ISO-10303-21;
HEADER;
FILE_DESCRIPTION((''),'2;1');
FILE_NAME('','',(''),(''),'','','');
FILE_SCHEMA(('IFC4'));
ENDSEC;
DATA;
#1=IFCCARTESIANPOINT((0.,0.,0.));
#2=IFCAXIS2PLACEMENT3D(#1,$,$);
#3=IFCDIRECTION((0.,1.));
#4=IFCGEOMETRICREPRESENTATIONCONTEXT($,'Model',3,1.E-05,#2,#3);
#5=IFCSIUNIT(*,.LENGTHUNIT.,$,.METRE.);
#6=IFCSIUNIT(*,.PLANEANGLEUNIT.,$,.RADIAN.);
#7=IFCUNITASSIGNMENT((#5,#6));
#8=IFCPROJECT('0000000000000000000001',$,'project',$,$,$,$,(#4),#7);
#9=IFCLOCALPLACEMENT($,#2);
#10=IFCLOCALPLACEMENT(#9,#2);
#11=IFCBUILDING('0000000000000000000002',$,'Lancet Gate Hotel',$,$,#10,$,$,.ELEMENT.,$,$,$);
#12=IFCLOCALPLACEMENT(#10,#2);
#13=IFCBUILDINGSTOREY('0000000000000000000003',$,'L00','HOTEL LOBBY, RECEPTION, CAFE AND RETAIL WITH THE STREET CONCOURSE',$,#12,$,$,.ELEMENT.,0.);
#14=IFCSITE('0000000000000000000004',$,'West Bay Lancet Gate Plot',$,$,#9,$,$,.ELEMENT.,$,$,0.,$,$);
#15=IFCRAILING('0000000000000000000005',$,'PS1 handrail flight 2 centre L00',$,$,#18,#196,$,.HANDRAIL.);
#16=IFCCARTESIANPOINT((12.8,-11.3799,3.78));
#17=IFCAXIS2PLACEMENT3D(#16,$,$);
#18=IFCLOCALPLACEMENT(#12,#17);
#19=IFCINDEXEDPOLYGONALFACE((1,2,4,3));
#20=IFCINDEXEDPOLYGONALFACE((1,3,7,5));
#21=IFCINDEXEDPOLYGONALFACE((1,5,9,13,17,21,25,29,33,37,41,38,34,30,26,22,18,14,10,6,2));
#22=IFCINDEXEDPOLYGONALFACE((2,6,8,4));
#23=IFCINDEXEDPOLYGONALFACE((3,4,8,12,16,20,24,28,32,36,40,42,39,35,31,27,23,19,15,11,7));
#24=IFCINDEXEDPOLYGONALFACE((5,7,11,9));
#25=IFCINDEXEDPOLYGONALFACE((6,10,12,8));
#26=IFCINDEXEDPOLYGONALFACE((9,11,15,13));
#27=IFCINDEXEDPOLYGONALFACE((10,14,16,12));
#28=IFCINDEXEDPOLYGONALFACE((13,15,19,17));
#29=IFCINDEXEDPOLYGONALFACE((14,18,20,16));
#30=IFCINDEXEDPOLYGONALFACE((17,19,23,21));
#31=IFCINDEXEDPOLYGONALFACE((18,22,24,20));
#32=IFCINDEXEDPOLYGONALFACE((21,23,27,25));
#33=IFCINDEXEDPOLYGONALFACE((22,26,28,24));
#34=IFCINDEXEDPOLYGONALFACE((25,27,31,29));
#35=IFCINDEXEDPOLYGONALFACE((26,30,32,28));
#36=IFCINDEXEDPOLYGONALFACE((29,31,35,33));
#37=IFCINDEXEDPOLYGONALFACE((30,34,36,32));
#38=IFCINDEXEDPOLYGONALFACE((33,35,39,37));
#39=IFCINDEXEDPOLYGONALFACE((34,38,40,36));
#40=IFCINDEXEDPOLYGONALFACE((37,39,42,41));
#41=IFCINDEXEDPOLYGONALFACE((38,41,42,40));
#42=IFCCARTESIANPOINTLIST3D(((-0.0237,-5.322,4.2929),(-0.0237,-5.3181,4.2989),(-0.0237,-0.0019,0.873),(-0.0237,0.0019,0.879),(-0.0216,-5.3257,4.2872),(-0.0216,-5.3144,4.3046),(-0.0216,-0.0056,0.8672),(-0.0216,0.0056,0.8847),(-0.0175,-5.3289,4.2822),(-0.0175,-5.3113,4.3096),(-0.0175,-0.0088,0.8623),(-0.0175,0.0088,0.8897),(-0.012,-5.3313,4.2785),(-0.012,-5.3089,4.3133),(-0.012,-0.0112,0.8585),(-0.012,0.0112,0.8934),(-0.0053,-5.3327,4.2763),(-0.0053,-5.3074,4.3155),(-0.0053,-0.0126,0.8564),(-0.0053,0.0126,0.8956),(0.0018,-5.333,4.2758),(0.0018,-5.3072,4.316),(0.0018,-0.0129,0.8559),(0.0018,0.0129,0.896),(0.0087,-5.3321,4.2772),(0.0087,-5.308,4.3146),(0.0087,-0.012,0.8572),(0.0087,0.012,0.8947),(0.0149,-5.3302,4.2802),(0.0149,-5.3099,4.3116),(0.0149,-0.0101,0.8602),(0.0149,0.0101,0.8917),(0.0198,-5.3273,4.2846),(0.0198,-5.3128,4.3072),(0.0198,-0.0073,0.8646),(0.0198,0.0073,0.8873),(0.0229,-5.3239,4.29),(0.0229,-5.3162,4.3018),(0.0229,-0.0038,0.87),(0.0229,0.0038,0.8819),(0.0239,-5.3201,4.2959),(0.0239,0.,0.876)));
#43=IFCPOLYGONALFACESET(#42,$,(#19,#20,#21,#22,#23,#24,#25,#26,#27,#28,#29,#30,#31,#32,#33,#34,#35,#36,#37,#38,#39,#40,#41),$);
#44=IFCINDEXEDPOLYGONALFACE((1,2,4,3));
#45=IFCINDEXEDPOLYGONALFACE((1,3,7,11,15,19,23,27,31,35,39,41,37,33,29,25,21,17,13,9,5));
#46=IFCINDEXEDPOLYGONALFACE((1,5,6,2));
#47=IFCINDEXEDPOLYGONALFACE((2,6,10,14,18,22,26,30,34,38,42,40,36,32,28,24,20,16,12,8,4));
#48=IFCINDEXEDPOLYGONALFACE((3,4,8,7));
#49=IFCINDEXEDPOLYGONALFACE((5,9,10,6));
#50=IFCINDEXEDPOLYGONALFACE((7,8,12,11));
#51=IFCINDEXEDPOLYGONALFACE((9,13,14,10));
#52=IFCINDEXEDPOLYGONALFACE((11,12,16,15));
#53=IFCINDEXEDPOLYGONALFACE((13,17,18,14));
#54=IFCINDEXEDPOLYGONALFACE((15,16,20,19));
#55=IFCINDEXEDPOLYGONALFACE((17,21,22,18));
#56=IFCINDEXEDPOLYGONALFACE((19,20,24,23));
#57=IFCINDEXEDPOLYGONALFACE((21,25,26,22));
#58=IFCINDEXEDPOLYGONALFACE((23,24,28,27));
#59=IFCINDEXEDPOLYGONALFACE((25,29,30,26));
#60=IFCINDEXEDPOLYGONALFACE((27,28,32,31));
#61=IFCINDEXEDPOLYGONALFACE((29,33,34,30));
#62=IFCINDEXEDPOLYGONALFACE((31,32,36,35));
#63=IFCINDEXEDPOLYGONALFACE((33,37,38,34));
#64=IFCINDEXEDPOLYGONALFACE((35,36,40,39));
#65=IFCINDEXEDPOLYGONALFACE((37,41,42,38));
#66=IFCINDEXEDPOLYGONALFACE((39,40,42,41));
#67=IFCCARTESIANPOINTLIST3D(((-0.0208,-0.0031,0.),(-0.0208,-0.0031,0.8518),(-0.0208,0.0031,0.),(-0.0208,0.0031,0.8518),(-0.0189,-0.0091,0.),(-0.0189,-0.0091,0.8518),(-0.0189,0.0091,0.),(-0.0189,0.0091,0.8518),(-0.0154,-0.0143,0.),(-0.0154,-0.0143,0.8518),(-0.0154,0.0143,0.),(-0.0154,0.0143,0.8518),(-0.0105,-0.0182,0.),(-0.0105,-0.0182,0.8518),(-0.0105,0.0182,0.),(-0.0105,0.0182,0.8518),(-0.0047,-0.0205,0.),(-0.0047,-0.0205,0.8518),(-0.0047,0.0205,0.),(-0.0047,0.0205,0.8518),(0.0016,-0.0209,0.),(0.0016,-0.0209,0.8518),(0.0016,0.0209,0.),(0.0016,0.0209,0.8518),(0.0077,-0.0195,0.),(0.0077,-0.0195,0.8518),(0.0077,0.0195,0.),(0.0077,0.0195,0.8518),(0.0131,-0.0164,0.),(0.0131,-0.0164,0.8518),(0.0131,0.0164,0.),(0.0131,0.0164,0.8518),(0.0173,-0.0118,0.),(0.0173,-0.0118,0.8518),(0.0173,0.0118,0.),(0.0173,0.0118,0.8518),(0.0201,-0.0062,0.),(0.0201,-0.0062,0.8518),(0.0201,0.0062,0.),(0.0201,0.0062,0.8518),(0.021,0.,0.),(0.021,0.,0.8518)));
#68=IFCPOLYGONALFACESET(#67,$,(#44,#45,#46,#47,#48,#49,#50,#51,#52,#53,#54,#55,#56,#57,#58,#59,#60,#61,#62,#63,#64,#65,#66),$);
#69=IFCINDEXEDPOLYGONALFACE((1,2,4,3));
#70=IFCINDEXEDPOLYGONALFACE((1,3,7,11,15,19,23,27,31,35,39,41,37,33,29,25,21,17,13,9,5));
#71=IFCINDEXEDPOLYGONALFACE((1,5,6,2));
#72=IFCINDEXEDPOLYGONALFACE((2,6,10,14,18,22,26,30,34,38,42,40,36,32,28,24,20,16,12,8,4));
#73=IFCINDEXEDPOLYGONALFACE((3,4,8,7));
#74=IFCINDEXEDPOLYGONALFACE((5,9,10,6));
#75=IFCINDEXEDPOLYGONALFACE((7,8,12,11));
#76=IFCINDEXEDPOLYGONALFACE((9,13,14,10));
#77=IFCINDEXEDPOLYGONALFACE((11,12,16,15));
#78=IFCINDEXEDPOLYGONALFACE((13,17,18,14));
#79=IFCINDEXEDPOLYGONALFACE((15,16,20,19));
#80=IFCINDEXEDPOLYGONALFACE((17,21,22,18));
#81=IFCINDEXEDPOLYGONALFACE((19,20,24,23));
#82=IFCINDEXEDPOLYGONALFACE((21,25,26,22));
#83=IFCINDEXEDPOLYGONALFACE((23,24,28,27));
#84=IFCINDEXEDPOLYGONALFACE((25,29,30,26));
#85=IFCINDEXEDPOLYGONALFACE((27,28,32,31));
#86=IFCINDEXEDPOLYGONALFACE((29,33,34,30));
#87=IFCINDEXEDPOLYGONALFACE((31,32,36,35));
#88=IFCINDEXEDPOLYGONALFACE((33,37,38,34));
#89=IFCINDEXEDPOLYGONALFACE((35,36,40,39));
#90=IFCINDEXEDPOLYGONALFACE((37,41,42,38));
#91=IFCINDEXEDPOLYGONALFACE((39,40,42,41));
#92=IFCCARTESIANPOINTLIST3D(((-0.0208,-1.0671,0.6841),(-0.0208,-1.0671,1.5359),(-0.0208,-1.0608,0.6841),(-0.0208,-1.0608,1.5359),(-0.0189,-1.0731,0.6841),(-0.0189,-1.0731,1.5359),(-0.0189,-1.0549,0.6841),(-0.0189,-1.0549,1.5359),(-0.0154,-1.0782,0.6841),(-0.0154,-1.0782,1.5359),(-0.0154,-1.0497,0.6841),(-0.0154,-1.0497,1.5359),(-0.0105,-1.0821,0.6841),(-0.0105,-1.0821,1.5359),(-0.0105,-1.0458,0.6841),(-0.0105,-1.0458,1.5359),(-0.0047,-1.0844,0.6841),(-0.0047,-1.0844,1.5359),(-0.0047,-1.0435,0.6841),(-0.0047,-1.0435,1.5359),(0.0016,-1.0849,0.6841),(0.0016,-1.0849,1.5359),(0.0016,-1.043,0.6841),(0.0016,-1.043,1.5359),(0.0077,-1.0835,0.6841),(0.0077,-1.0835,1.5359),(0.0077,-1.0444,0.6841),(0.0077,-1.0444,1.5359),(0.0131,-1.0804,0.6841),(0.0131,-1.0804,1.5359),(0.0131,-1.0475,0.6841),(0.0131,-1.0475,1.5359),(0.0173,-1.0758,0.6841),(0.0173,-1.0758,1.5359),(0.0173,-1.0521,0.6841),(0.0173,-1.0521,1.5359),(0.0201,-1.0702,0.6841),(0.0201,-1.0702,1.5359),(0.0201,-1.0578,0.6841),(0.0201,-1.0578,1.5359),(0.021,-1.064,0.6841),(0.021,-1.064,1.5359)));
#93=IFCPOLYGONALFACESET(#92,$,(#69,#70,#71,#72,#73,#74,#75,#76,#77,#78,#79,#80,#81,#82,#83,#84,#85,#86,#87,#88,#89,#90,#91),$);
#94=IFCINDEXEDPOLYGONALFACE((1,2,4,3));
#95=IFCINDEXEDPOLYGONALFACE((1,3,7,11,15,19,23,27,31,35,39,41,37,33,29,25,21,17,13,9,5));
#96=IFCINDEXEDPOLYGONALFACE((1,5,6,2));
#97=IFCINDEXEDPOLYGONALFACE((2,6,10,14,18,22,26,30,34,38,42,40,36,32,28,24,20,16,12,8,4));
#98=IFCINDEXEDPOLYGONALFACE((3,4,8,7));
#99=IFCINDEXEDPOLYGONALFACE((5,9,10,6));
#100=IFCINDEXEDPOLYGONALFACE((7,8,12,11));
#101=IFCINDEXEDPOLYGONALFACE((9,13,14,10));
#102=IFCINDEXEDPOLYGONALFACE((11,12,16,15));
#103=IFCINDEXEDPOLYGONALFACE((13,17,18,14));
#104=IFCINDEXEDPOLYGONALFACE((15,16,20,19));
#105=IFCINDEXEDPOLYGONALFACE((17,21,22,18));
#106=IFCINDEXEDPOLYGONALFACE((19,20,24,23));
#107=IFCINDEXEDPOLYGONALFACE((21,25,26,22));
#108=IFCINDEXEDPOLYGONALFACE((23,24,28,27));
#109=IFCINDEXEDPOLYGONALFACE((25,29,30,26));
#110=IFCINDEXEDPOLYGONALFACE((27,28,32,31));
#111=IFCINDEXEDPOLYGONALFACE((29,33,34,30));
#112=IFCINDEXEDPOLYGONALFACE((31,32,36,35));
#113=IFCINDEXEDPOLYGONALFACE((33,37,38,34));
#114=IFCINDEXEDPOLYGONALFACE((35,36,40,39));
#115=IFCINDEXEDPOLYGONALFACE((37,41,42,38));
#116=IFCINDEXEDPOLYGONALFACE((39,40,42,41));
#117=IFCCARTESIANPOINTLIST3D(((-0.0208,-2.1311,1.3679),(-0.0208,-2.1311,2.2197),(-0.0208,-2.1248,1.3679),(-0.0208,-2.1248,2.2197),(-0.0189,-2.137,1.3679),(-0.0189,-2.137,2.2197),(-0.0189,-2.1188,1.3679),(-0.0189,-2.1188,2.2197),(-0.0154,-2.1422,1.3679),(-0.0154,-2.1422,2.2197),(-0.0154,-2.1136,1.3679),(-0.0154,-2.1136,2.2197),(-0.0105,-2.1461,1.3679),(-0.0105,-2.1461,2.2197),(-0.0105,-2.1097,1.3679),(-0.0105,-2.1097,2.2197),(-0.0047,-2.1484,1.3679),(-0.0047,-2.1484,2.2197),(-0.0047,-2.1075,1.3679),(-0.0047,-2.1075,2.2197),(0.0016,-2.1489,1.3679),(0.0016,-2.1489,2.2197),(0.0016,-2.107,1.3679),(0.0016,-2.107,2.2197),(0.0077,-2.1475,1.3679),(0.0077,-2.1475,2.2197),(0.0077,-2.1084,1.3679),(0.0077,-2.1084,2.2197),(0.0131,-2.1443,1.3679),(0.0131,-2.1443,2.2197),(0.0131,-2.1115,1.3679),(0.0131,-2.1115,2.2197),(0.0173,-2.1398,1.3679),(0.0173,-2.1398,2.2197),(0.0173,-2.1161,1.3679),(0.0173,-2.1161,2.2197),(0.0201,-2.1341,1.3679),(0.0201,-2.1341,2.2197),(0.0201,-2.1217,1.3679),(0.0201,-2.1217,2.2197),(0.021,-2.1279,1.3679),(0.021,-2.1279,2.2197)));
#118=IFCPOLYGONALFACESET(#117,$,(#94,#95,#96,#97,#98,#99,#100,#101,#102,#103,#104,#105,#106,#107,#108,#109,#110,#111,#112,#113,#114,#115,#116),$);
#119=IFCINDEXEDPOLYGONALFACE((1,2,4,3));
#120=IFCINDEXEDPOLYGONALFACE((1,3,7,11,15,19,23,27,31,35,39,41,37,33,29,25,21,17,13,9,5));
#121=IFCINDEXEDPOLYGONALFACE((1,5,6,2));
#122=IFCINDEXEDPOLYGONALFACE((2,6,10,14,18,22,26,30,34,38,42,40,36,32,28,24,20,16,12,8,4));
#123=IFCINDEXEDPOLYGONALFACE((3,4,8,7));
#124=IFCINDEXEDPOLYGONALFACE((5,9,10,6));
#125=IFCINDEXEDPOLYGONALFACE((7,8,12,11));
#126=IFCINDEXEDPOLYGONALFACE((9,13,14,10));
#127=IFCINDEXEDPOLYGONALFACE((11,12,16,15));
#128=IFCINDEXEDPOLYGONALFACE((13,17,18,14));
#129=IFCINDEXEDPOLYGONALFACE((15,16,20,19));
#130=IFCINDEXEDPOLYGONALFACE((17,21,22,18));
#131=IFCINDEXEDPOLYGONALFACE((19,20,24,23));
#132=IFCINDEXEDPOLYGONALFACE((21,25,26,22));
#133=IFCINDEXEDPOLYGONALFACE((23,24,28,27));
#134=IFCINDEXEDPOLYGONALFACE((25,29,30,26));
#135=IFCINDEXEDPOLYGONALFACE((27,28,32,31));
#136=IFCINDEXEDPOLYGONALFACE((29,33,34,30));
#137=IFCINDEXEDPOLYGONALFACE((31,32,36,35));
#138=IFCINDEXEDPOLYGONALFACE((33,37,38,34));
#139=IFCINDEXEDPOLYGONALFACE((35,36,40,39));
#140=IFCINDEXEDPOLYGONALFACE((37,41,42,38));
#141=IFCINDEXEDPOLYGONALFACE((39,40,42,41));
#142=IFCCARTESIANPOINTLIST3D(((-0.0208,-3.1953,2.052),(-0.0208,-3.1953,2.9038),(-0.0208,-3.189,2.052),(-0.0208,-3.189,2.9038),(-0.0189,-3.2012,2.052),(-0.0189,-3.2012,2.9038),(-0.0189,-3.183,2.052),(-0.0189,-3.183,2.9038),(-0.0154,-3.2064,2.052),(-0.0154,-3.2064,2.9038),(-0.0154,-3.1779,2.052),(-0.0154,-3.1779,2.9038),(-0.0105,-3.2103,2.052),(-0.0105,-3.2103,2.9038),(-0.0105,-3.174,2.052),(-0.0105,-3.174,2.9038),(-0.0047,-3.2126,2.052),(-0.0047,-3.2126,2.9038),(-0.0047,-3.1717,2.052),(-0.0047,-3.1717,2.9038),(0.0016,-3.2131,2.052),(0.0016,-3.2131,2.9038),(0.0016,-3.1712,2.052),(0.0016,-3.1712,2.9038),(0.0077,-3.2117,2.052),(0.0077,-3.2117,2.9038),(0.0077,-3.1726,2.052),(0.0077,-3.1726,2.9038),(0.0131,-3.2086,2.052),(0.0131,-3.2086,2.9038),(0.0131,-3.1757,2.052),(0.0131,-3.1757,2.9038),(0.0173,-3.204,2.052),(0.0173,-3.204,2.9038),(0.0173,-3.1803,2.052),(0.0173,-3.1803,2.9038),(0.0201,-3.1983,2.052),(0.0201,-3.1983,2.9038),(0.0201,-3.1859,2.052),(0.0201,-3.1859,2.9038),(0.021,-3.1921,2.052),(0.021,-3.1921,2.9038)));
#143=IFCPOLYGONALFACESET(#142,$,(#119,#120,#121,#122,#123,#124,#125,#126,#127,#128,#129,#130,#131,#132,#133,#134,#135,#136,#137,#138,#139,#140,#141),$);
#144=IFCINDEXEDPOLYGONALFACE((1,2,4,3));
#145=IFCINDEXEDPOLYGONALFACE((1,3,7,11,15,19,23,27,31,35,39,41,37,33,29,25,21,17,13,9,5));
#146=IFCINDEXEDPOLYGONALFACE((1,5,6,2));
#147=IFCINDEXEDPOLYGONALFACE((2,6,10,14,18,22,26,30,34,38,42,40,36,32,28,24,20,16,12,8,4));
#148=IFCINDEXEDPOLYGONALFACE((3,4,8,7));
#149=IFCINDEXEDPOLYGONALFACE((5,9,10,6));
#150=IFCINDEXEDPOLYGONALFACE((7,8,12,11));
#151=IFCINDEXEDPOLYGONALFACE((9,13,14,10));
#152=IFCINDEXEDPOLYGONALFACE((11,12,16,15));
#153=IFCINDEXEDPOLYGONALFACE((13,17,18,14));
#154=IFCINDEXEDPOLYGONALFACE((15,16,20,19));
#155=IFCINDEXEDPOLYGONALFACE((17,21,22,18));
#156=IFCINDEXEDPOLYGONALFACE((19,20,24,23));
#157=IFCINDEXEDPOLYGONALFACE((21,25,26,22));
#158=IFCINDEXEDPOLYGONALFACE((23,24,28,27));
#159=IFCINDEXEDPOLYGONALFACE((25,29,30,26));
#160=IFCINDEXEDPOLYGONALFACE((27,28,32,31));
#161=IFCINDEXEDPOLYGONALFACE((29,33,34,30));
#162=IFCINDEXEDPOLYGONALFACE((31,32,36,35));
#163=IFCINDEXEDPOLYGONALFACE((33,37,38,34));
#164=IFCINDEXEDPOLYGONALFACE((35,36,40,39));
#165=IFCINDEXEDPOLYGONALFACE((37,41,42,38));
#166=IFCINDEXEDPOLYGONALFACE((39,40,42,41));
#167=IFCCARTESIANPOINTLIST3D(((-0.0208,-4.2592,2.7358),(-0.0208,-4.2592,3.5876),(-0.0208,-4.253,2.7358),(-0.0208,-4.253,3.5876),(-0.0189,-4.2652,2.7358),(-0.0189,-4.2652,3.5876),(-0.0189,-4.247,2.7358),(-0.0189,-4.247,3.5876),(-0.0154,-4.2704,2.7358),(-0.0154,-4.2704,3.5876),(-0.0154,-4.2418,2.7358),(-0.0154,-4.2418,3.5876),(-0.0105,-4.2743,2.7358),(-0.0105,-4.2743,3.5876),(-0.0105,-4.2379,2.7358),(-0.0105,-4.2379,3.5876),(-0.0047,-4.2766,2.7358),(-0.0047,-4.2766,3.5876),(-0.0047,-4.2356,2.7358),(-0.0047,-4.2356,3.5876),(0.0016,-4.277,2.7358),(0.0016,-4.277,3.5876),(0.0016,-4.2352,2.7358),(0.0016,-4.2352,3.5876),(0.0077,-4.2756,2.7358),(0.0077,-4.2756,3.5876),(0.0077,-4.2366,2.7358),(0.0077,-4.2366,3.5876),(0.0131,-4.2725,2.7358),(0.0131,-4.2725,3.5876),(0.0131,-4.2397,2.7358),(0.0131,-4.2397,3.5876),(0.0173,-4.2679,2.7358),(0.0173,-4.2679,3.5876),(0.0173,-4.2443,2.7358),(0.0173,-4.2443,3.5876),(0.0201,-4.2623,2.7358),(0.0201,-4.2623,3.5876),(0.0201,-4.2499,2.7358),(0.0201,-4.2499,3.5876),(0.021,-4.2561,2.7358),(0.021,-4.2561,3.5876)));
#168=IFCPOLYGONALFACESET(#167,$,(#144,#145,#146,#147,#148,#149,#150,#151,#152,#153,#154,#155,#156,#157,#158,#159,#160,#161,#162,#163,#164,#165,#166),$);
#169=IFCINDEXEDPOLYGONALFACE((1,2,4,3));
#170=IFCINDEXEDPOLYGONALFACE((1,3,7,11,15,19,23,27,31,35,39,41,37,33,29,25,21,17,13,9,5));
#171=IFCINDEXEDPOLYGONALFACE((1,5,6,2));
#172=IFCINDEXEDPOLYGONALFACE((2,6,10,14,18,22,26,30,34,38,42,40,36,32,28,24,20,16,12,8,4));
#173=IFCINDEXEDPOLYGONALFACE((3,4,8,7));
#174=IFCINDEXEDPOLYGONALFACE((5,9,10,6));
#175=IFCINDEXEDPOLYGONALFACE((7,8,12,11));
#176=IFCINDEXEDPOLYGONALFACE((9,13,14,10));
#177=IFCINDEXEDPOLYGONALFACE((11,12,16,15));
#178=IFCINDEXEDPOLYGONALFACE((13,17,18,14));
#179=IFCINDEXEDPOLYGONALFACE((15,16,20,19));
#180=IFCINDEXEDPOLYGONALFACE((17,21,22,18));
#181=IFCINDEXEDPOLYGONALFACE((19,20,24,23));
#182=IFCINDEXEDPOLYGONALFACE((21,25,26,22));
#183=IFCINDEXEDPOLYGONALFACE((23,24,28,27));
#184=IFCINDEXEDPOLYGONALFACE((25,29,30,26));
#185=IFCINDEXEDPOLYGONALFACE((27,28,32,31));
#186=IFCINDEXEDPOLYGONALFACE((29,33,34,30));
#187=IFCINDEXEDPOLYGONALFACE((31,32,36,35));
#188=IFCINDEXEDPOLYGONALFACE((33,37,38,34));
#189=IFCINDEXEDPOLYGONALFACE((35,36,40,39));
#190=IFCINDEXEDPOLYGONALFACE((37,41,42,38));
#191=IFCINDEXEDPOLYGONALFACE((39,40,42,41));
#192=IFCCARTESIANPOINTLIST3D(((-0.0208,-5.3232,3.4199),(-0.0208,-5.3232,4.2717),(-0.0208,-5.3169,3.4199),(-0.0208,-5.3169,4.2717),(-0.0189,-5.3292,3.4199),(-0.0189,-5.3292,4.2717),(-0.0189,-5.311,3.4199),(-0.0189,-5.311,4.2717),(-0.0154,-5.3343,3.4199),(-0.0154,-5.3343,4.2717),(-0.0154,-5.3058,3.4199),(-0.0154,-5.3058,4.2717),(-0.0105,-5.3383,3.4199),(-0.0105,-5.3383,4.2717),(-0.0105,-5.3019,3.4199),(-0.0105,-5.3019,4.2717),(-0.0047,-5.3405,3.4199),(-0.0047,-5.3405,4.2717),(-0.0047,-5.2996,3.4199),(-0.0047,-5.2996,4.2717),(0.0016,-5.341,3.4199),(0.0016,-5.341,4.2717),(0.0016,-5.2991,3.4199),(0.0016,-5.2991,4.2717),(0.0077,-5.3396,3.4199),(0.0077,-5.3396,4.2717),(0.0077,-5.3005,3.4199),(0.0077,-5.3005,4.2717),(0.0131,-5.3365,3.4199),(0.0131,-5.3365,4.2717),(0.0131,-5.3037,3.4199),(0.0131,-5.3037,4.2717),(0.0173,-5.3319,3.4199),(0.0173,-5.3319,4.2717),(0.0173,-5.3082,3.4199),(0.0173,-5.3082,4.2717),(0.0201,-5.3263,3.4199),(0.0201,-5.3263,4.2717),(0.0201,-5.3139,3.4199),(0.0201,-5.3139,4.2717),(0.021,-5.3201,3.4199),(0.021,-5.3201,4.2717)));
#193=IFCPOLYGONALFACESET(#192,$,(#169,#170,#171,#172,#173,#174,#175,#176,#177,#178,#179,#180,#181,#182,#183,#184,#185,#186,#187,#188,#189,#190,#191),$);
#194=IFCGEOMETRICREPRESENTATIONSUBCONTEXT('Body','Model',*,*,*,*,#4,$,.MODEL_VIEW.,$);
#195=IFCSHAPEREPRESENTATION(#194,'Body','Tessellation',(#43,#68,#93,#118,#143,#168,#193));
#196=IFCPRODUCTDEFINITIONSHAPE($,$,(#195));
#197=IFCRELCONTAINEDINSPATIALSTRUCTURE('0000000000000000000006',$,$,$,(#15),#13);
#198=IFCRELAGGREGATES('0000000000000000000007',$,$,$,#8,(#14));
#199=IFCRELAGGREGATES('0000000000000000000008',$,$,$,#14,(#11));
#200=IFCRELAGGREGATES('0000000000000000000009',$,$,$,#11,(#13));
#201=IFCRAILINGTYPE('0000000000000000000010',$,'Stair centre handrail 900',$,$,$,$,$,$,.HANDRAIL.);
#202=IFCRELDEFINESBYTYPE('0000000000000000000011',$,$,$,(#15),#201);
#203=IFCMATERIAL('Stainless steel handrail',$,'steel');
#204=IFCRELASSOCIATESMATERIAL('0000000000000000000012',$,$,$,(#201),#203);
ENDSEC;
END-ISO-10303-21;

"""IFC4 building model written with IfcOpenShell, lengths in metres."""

from ifc_helpers import new_model, si_unit, direction, frame, origin, origin_2d, place, context, subcontext, project, spatial, circle, extrude, material, type_object, element, save


model = new_model("IFC4")

# Units and contexts
model_context = context("Model", 3, precision=1e-05, world=origin(), true_north=direction((0.0, 1.0)))
body_context = subcontext(model_context, "Body", "Model", "MODEL_VIEW")
ifc_project = project(units=[si_unit("LENGTHUNIT", "METRE"), si_unit("PLANEANGLEUNIT", "RADIAN")], contexts=[model_context])

# Site, building, storey
site_placement = place(None, origin())
site = spatial("IfcSite", under=ifc_project, at=site_placement, Name="West Bay Lancet Gate Plot", CompositionType="ELEMENT", RefElevation=0.0)
building_placement = place(site_placement, origin())
building = spatial("IfcBuilding", under=site, at=building_placement, Name="Lancet Gate Hotel", CompositionType="ELEMENT")
storey_placement = place(building_placement, origin())
storey = spatial("IfcBuildingStorey", under=building, at=storey_placement, Name="L00", Description="HOTEL LOBBY, RECEPTION, CAFE AND RETAIL WITH THE STREET CONCOURSE", CompositionType="ELEMENT", Elevation=0.0)

# Railing
ifc_material_1 = material(Name="Stainless steel handrail", Category="steel")
railing_type_1 = type_object("IfcRailingType", Name="Stair centre handrail 900", PredefinedType="HANDRAIL", material=ifc_material_1)
railing_1_placement = place(storey_placement, frame((12.8, -11.3799, 3.78)))
element("IfcRailing", 1, at=railing_1_placement, inside=storey, type_object=railing_type_1, Name="PS1 handrail flight 2 centre L00", PredefinedType="HANDRAIL", context=body_context, shape_type="SweptSolid", body=[
    extrude(circle(Radius=0.0239, at=origin_2d()), frame((0.0, 0.0, 0.876), z_axis=(0.0, -0.841187, 0.540744), x_axis=(1.0, 0.0, 0.0)), (0.0, 0.0, 1.0), 6.3245),
    extrude(circle(Radius=0.021, at=origin_2d()), origin(), (0.0, 0.0, 1.0), 0.8518),
    extrude(circle(Radius=0.021, at=origin_2d()), frame((0.0, -1.064, 0.6841)), (0.0, 0.0, 1.0), 0.8518),
    extrude(circle(Radius=0.021, at=origin_2d()), frame((0.0, -2.1279, 1.3679)), (0.0, 0.0, 1.0), 0.8518),
    extrude(circle(Radius=0.021, at=origin_2d()), frame((0.0, -3.1921, 2.052)), (0.0, 0.0, 1.0), 0.8518),
    extrude(circle(Radius=0.021, at=origin_2d()), frame((0.0, -4.2561, 2.7358)), (0.0, 0.0, 1.0), 0.8518),
    extrude(circle(Radius=0.021, at=origin_2d()), frame((0.0, -5.3201, 3.4199)), (0.0, 0.0, 1.0), 0.8518),
])

save(model, "model.ifc")
